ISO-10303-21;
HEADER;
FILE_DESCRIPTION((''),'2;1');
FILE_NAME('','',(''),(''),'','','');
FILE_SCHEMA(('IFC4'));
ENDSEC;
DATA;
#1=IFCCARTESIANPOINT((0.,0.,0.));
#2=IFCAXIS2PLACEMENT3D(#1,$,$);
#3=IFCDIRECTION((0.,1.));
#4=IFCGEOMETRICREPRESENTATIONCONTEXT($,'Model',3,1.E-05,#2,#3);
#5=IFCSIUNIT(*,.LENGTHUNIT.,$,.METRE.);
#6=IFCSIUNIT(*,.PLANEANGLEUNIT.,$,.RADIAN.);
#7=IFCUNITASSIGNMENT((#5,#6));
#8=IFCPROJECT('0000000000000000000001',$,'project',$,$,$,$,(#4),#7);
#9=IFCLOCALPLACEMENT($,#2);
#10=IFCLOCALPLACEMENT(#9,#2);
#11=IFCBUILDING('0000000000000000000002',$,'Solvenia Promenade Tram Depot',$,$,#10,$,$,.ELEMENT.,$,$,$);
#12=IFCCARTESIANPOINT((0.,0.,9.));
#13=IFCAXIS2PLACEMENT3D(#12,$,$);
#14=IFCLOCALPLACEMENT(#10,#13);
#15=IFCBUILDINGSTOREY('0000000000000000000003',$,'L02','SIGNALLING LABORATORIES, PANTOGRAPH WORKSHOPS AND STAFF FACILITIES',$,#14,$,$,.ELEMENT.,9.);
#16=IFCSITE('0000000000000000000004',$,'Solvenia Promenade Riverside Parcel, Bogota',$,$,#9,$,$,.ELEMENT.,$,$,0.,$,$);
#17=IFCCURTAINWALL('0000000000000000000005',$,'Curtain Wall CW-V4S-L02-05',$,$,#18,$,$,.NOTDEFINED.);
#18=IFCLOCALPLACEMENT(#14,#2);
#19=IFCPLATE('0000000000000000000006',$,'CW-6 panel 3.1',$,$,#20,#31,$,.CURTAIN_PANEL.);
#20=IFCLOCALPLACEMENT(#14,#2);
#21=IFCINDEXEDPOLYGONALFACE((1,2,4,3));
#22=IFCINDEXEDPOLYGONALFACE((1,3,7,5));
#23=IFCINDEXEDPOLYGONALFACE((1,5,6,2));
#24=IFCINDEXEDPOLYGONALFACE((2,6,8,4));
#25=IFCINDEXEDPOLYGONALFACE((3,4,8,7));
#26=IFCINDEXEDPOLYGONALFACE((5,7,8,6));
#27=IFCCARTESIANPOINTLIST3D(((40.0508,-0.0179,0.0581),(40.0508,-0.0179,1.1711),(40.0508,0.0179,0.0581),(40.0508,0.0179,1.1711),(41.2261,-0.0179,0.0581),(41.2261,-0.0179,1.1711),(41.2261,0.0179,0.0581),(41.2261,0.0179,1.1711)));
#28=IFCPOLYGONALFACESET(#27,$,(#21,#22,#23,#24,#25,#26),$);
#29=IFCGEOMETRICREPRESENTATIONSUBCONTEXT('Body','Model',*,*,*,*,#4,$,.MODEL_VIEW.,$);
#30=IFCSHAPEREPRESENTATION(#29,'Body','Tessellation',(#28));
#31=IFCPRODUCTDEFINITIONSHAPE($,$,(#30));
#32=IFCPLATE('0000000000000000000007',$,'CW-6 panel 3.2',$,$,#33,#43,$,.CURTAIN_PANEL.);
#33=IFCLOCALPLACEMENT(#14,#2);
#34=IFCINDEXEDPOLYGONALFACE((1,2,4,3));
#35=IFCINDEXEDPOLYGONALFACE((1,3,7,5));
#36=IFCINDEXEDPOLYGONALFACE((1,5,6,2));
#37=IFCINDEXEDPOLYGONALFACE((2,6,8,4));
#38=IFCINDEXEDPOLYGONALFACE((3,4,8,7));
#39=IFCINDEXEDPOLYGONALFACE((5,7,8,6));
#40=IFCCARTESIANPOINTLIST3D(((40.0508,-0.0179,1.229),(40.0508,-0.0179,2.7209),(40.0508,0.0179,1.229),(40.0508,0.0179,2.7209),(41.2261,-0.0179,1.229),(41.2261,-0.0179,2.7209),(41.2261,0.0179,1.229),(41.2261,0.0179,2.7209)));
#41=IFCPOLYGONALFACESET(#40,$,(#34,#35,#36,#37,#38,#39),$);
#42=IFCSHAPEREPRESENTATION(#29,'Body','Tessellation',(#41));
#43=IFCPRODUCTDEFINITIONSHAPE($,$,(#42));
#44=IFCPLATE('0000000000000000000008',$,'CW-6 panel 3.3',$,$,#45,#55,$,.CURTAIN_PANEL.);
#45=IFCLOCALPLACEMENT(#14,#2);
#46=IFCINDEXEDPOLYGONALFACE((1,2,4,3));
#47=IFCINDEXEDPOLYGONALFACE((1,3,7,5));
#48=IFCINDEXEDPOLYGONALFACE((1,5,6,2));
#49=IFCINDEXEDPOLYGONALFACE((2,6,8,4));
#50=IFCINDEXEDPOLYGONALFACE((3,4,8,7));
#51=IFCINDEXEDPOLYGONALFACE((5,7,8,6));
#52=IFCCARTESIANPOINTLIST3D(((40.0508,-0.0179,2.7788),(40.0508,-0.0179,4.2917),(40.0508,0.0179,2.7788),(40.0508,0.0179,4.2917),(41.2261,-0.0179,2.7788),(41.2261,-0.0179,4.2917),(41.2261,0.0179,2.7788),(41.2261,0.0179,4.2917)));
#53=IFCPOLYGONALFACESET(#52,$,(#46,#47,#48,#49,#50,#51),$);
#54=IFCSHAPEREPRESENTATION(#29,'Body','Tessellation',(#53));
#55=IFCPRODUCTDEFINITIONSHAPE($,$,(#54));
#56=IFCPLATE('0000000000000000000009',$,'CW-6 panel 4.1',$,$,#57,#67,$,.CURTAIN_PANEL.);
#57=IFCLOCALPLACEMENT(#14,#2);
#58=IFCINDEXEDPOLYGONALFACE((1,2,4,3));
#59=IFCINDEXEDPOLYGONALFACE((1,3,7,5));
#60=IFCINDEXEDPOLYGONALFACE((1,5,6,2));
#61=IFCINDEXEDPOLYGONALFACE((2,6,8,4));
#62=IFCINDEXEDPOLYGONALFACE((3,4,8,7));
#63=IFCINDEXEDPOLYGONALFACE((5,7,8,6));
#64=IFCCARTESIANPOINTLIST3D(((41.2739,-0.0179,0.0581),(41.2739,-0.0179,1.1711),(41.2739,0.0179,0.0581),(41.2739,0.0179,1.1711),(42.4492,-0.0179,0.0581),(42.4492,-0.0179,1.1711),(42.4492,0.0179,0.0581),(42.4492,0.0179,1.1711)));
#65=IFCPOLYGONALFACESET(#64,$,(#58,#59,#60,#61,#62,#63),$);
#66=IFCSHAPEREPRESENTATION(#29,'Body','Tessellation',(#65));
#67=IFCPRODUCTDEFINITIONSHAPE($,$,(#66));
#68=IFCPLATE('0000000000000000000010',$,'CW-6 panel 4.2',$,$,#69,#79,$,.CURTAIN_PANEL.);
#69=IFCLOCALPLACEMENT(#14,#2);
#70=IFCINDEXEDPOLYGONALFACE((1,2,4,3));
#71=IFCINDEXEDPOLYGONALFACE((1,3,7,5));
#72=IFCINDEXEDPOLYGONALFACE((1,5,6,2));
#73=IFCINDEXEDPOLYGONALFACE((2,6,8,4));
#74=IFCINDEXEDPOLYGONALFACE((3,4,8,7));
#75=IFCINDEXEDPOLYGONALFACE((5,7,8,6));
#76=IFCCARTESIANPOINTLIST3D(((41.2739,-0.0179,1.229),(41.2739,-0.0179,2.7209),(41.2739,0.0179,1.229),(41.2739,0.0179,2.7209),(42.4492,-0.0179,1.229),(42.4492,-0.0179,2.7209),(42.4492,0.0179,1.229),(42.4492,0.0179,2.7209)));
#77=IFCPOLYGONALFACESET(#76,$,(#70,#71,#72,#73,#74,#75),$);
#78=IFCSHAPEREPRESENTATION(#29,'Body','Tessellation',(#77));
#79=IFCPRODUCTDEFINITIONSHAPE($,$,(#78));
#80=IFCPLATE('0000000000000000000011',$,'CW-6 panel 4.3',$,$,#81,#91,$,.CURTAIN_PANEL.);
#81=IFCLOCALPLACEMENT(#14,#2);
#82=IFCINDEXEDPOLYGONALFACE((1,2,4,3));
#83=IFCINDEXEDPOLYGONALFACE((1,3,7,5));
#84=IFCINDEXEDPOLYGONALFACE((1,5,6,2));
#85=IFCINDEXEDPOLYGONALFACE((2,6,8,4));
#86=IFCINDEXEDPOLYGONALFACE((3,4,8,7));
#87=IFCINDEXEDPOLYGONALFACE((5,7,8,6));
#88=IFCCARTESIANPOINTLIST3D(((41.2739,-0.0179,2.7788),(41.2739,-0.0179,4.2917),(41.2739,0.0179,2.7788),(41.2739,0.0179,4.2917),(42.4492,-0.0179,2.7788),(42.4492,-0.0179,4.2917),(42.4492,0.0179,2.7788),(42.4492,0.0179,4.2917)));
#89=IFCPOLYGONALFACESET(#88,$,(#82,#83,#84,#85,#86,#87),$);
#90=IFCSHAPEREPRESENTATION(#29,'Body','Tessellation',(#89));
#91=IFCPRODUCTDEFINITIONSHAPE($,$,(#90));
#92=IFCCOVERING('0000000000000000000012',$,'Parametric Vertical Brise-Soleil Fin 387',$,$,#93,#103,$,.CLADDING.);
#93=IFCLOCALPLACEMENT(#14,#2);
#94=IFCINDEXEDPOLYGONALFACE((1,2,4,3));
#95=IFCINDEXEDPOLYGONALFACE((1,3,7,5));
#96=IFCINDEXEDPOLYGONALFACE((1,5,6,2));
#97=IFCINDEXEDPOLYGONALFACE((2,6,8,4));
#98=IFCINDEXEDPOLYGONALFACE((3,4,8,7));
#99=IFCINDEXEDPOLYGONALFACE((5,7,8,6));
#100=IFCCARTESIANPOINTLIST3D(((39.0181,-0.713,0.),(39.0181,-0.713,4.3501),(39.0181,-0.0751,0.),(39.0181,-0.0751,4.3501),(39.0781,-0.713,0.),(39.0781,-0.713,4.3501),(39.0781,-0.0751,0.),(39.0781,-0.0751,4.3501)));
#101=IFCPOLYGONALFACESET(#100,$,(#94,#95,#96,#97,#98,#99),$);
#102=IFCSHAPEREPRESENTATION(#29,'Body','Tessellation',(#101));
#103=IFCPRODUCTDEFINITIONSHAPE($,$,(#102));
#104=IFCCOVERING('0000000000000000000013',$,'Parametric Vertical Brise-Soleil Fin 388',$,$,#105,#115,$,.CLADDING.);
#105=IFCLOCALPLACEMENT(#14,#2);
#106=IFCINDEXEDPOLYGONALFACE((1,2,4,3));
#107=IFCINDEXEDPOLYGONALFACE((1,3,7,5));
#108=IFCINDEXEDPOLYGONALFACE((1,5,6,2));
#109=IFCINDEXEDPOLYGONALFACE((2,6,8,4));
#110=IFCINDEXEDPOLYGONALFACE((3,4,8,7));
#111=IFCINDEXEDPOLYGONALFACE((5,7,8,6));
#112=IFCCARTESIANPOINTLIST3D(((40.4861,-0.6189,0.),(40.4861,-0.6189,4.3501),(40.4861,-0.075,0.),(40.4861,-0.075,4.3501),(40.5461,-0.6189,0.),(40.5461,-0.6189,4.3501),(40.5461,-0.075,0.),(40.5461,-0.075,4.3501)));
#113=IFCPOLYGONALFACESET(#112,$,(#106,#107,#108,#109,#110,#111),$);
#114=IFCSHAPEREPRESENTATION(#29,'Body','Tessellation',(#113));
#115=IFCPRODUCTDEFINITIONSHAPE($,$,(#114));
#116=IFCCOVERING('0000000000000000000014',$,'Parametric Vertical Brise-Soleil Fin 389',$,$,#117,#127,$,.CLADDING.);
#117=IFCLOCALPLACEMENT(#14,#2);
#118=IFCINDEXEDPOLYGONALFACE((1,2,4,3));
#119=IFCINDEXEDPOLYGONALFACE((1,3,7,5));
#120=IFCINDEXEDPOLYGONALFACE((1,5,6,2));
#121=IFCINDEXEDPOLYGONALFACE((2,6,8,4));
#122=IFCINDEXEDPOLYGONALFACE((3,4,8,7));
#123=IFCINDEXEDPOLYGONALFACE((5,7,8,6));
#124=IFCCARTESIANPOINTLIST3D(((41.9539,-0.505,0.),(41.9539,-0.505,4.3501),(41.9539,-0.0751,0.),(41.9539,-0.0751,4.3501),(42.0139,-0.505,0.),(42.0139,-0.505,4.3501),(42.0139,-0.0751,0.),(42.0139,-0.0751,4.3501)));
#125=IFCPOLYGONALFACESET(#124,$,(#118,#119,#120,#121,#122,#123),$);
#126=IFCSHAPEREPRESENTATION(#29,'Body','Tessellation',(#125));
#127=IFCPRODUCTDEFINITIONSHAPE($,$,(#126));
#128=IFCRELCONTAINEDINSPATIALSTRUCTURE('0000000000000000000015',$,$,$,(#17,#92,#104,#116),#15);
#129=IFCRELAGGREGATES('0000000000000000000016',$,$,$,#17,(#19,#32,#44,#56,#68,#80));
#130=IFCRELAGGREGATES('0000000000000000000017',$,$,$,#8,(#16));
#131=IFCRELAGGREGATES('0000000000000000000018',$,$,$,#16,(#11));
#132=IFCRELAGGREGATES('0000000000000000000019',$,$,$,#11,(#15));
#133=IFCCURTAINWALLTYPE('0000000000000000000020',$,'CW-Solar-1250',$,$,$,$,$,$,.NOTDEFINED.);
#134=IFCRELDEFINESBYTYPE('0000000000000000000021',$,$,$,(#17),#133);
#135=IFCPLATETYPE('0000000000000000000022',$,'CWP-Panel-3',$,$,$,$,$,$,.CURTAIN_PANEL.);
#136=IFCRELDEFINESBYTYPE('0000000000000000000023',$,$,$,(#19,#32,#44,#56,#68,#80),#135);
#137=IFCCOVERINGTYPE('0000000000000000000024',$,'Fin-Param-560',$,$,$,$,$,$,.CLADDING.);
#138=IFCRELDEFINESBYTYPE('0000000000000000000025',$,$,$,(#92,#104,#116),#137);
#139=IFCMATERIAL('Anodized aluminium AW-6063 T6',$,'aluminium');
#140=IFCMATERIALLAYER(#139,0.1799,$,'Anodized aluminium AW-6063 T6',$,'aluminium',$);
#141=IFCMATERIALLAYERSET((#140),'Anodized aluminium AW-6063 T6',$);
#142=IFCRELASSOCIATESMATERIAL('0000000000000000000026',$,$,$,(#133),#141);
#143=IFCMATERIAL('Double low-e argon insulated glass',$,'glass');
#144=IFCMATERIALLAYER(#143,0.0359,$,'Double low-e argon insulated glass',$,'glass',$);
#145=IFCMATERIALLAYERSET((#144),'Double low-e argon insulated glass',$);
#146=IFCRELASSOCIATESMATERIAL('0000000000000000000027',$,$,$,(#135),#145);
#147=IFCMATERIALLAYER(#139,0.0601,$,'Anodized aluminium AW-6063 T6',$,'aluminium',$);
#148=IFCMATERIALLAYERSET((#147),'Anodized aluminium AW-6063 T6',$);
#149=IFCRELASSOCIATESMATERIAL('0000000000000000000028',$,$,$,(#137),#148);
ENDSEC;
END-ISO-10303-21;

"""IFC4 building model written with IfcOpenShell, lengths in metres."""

from ifc_helpers import new_model, si_unit, direction, frame, origin, origin_2d, place, context, subcontext, project, spatial, rectangle, extrude, material, layer, layer_set, type_object, element, aggregate, save


model = new_model("IFC4")

# Units and contexts
model_context = context("Model", 3, precision=1e-05, world=origin(), true_north=direction((0.0, 1.0)))
body_context = subcontext(model_context, "Body", "Model", "MODEL_VIEW")
ifc_project = project(units=[si_unit("LENGTHUNIT", "METRE"), si_unit("PLANEANGLEUNIT", "RADIAN")], contexts=[model_context])

# Site, building, storey
site_placement = place(None, origin())
site = spatial("IfcSite", under=ifc_project, at=site_placement, Name="Solvenia Promenade Riverside Parcel, Bogota", CompositionType="ELEMENT", RefElevation=0.0)
building_placement = place(site_placement, origin())
building = spatial("IfcBuilding", under=site, at=building_placement, Name="Solvenia Promenade Tram Depot", CompositionType="ELEMENT")
storey_placement = place(building_placement, frame((0.0, 0.0, 9.0)))
storey = spatial("IfcBuildingStorey", under=building, at=storey_placement, Name="L02", Description="SIGNALLING LABORATORIES, PANTOGRAPH WORKSHOPS AND STAFF FACILITIES", CompositionType="ELEMENT", Elevation=9.0)

# Curtain wall, plates
ifc_material_1 = material(Name="Anodized aluminium AW-6063 T6", Category="aluminium")
ifc_layer_1 = layer(ifc_material_1, 0.1799, Name="Anodized aluminium AW-6063 T6", Category="aluminium")
ifc_layer_set_1 = layer_set([ifc_layer_1], Name="Anodized aluminium AW-6063 T6")
curtain_wall_type = type_object("IfcCurtainWallType", Name="CW-Solar-1250", PredefinedType="NOTDEFINED", material=ifc_layer_set_1)
curtain_wall_placement = place(storey_placement, origin())
curtain_wall = element("IfcCurtainWall", 1, at=curtain_wall_placement, inside=storey, type_object=curtain_wall_type, Name="Curtain Wall CW-V4S-L02-05", PredefinedType="NOTDEFINED")
ifc_material_2 = material(Name="Double low-e argon insulated glass", Category="glass")
ifc_layer_2 = layer(ifc_material_2, 0.0359, Name="Double low-e argon insulated glass", Category="glass")
ifc_layer_set_2 = layer_set([ifc_layer_2], Name="Double low-e argon insulated glass")
plate_type = type_object("IfcPlateType", Name="CWP-Panel-3", PredefinedType="CURTAIN_PANEL", material=ifc_layer_set_2)
plate_1_placement = place(storey_placement, frame((40.6384, 0.0, 0.0581), z_axis=(0.0, 0.0, 1.0), x_axis=(1.0, 0.0, 0.0)))
plate_1 = element("IfcPlate", 2, at=plate_1_placement, type_object=plate_type, Name="CW-6 panel 3.1", PredefinedType="CURTAIN_PANEL", context=body_context, shape_type="SweptSolid", body=[
    extrude(rectangle(XDim=1.1753, YDim=0.0359, at=origin_2d()), origin(), (0.0, 0.0, 1.0), 1.113),
])
plate_2_placement = place(storey_placement, frame((40.6384, 0.0, 1.229), z_axis=(0.0, 0.0, 1.0), x_axis=(1.0, 0.0, 0.0)))
plate_2 = element("IfcPlate", 3, at=plate_2_placement, type_object=plate_type, Name="CW-6 panel 3.2", PredefinedType="CURTAIN_PANEL", context=body_context, shape_type="SweptSolid", body=[
    extrude(rectangle(XDim=1.1753, YDim=0.0359, at=origin_2d()), origin(), (0.0, 0.0, 1.0), 1.4919),
])
plate_3_placement = place(storey_placement, frame((40.6384, 0.0, 2.7788), z_axis=(0.0, 0.0, 1.0), x_axis=(1.0, 0.0, 0.0)))
plate_3 = element("IfcPlate", 4, at=plate_3_placement, type_object=plate_type, Name="CW-6 panel 3.3", PredefinedType="CURTAIN_PANEL", context=body_context, shape_type="SweptSolid", body=[
    extrude(rectangle(XDim=1.1753, YDim=0.0359, at=origin_2d()), origin(), (0.0, 0.0, 1.0), 1.5129),
])
plate_4_placement = place(storey_placement, frame((41.8616, 0.0, 0.0581), z_axis=(0.0, 0.0, 1.0), x_axis=(1.0, 0.0, 0.0)))
plate_4 = element("IfcPlate", 5, at=plate_4_placement, type_object=plate_type, Name="CW-6 panel 4.1", PredefinedType="CURTAIN_PANEL", context=body_context, shape_type="SweptSolid", body=[
    extrude(rectangle(XDim=1.1753, YDim=0.0359, at=origin_2d()), origin(), (0.0, 0.0, 1.0), 1.113),
])
plate_5_placement = place(storey_placement, frame((41.8616, 0.0, 1.229), z_axis=(0.0, 0.0, 1.0), x_axis=(1.0, 0.0, 0.0)))
plate_5 = element("IfcPlate", 6, at=plate_5_placement, type_object=plate_type, Name="CW-6 panel 4.2", PredefinedType="CURTAIN_PANEL", context=body_context, shape_type="SweptSolid", body=[
    extrude(rectangle(XDim=1.1753, YDim=0.0359, at=origin_2d()), origin(), (0.0, 0.0, 1.0), 1.4919),
])
plate_6_placement = place(storey_placement, frame((41.8616, 0.0, 2.7788), z_axis=(0.0, 0.0, 1.0), x_axis=(1.0, 0.0, 0.0)))
plate_6 = element("IfcPlate", 7, at=plate_6_placement, type_object=plate_type, Name="CW-6 panel 4.3", PredefinedType="CURTAIN_PANEL", context=body_context, shape_type="SweptSolid", body=[
    extrude(rectangle(XDim=1.1753, YDim=0.0359, at=origin_2d()), origin(), (0.0, 0.0, 1.0), 1.5129),
])
aggregate(curtain_wall, [plate_1, plate_2, plate_3, plate_4, plate_5, plate_6])

# Coverings
ifc_layer_3 = layer(ifc_material_1, 0.0601, Name="Anodized aluminium AW-6063 T6", Category="aluminium")
ifc_layer_set_3 = layer_set([ifc_layer_3], Name="Anodized aluminium AW-6063 T6")
covering_type = type_object("IfcCoveringType", Name="Fin-Param-560", PredefinedType="CLADDING", material=ifc_layer_set_3)
covering_1_placement = place(storey_placement, frame((39.0481, -0.394, 0.0), z_axis=(0.0, 0.0, 1.0), x_axis=(1.0, 0.0, 0.0)))
element("IfcCovering", 8, at=covering_1_placement, inside=storey, type_object=covering_type, Name="Parametric Vertical Brise-Soleil Fin 387", PredefinedType="CLADDING", context=body_context, shape_type="SweptSolid", body=[
    extrude(rectangle(XDim=0.0601, YDim=0.6379, at=origin_2d()), origin(), (0.0, 0.0, 1.0), 4.3501),
])
covering_2_placement = place(storey_placement, frame((40.5161, -0.3469, 0.0), z_axis=(0.0, 0.0, 1.0), x_axis=(1.0, 0.0, 0.0)))
element("IfcCovering", 9, at=covering_2_placement, inside=storey, type_object=covering_type, Name="Parametric Vertical Brise-Soleil Fin 388", PredefinedType="CLADDING", context=body_context, shape_type="SweptSolid", body=[
    extrude(rectangle(XDim=0.0601, YDim=0.5439, at=origin_2d()), origin(), (0.0, 0.0, 1.0), 4.3501),
])
covering_3_placement = place(storey_placement, frame((41.9839, -0.29, 0.0), z_axis=(0.0, 0.0, 1.0), x_axis=(1.0, 0.0, 0.0)))
element("IfcCovering", 10, at=covering_3_placement, inside=storey, type_object=covering_type, Name="Parametric Vertical Brise-Soleil Fin 389", PredefinedType="CLADDING", context=body_context, shape_type="SweptSolid", body=[
    extrude(rectangle(XDim=0.0601, YDim=0.4299, at=origin_2d()), origin(), (0.0, 0.0, 1.0), 4.3501),
])

save(model, "model.ifc")
